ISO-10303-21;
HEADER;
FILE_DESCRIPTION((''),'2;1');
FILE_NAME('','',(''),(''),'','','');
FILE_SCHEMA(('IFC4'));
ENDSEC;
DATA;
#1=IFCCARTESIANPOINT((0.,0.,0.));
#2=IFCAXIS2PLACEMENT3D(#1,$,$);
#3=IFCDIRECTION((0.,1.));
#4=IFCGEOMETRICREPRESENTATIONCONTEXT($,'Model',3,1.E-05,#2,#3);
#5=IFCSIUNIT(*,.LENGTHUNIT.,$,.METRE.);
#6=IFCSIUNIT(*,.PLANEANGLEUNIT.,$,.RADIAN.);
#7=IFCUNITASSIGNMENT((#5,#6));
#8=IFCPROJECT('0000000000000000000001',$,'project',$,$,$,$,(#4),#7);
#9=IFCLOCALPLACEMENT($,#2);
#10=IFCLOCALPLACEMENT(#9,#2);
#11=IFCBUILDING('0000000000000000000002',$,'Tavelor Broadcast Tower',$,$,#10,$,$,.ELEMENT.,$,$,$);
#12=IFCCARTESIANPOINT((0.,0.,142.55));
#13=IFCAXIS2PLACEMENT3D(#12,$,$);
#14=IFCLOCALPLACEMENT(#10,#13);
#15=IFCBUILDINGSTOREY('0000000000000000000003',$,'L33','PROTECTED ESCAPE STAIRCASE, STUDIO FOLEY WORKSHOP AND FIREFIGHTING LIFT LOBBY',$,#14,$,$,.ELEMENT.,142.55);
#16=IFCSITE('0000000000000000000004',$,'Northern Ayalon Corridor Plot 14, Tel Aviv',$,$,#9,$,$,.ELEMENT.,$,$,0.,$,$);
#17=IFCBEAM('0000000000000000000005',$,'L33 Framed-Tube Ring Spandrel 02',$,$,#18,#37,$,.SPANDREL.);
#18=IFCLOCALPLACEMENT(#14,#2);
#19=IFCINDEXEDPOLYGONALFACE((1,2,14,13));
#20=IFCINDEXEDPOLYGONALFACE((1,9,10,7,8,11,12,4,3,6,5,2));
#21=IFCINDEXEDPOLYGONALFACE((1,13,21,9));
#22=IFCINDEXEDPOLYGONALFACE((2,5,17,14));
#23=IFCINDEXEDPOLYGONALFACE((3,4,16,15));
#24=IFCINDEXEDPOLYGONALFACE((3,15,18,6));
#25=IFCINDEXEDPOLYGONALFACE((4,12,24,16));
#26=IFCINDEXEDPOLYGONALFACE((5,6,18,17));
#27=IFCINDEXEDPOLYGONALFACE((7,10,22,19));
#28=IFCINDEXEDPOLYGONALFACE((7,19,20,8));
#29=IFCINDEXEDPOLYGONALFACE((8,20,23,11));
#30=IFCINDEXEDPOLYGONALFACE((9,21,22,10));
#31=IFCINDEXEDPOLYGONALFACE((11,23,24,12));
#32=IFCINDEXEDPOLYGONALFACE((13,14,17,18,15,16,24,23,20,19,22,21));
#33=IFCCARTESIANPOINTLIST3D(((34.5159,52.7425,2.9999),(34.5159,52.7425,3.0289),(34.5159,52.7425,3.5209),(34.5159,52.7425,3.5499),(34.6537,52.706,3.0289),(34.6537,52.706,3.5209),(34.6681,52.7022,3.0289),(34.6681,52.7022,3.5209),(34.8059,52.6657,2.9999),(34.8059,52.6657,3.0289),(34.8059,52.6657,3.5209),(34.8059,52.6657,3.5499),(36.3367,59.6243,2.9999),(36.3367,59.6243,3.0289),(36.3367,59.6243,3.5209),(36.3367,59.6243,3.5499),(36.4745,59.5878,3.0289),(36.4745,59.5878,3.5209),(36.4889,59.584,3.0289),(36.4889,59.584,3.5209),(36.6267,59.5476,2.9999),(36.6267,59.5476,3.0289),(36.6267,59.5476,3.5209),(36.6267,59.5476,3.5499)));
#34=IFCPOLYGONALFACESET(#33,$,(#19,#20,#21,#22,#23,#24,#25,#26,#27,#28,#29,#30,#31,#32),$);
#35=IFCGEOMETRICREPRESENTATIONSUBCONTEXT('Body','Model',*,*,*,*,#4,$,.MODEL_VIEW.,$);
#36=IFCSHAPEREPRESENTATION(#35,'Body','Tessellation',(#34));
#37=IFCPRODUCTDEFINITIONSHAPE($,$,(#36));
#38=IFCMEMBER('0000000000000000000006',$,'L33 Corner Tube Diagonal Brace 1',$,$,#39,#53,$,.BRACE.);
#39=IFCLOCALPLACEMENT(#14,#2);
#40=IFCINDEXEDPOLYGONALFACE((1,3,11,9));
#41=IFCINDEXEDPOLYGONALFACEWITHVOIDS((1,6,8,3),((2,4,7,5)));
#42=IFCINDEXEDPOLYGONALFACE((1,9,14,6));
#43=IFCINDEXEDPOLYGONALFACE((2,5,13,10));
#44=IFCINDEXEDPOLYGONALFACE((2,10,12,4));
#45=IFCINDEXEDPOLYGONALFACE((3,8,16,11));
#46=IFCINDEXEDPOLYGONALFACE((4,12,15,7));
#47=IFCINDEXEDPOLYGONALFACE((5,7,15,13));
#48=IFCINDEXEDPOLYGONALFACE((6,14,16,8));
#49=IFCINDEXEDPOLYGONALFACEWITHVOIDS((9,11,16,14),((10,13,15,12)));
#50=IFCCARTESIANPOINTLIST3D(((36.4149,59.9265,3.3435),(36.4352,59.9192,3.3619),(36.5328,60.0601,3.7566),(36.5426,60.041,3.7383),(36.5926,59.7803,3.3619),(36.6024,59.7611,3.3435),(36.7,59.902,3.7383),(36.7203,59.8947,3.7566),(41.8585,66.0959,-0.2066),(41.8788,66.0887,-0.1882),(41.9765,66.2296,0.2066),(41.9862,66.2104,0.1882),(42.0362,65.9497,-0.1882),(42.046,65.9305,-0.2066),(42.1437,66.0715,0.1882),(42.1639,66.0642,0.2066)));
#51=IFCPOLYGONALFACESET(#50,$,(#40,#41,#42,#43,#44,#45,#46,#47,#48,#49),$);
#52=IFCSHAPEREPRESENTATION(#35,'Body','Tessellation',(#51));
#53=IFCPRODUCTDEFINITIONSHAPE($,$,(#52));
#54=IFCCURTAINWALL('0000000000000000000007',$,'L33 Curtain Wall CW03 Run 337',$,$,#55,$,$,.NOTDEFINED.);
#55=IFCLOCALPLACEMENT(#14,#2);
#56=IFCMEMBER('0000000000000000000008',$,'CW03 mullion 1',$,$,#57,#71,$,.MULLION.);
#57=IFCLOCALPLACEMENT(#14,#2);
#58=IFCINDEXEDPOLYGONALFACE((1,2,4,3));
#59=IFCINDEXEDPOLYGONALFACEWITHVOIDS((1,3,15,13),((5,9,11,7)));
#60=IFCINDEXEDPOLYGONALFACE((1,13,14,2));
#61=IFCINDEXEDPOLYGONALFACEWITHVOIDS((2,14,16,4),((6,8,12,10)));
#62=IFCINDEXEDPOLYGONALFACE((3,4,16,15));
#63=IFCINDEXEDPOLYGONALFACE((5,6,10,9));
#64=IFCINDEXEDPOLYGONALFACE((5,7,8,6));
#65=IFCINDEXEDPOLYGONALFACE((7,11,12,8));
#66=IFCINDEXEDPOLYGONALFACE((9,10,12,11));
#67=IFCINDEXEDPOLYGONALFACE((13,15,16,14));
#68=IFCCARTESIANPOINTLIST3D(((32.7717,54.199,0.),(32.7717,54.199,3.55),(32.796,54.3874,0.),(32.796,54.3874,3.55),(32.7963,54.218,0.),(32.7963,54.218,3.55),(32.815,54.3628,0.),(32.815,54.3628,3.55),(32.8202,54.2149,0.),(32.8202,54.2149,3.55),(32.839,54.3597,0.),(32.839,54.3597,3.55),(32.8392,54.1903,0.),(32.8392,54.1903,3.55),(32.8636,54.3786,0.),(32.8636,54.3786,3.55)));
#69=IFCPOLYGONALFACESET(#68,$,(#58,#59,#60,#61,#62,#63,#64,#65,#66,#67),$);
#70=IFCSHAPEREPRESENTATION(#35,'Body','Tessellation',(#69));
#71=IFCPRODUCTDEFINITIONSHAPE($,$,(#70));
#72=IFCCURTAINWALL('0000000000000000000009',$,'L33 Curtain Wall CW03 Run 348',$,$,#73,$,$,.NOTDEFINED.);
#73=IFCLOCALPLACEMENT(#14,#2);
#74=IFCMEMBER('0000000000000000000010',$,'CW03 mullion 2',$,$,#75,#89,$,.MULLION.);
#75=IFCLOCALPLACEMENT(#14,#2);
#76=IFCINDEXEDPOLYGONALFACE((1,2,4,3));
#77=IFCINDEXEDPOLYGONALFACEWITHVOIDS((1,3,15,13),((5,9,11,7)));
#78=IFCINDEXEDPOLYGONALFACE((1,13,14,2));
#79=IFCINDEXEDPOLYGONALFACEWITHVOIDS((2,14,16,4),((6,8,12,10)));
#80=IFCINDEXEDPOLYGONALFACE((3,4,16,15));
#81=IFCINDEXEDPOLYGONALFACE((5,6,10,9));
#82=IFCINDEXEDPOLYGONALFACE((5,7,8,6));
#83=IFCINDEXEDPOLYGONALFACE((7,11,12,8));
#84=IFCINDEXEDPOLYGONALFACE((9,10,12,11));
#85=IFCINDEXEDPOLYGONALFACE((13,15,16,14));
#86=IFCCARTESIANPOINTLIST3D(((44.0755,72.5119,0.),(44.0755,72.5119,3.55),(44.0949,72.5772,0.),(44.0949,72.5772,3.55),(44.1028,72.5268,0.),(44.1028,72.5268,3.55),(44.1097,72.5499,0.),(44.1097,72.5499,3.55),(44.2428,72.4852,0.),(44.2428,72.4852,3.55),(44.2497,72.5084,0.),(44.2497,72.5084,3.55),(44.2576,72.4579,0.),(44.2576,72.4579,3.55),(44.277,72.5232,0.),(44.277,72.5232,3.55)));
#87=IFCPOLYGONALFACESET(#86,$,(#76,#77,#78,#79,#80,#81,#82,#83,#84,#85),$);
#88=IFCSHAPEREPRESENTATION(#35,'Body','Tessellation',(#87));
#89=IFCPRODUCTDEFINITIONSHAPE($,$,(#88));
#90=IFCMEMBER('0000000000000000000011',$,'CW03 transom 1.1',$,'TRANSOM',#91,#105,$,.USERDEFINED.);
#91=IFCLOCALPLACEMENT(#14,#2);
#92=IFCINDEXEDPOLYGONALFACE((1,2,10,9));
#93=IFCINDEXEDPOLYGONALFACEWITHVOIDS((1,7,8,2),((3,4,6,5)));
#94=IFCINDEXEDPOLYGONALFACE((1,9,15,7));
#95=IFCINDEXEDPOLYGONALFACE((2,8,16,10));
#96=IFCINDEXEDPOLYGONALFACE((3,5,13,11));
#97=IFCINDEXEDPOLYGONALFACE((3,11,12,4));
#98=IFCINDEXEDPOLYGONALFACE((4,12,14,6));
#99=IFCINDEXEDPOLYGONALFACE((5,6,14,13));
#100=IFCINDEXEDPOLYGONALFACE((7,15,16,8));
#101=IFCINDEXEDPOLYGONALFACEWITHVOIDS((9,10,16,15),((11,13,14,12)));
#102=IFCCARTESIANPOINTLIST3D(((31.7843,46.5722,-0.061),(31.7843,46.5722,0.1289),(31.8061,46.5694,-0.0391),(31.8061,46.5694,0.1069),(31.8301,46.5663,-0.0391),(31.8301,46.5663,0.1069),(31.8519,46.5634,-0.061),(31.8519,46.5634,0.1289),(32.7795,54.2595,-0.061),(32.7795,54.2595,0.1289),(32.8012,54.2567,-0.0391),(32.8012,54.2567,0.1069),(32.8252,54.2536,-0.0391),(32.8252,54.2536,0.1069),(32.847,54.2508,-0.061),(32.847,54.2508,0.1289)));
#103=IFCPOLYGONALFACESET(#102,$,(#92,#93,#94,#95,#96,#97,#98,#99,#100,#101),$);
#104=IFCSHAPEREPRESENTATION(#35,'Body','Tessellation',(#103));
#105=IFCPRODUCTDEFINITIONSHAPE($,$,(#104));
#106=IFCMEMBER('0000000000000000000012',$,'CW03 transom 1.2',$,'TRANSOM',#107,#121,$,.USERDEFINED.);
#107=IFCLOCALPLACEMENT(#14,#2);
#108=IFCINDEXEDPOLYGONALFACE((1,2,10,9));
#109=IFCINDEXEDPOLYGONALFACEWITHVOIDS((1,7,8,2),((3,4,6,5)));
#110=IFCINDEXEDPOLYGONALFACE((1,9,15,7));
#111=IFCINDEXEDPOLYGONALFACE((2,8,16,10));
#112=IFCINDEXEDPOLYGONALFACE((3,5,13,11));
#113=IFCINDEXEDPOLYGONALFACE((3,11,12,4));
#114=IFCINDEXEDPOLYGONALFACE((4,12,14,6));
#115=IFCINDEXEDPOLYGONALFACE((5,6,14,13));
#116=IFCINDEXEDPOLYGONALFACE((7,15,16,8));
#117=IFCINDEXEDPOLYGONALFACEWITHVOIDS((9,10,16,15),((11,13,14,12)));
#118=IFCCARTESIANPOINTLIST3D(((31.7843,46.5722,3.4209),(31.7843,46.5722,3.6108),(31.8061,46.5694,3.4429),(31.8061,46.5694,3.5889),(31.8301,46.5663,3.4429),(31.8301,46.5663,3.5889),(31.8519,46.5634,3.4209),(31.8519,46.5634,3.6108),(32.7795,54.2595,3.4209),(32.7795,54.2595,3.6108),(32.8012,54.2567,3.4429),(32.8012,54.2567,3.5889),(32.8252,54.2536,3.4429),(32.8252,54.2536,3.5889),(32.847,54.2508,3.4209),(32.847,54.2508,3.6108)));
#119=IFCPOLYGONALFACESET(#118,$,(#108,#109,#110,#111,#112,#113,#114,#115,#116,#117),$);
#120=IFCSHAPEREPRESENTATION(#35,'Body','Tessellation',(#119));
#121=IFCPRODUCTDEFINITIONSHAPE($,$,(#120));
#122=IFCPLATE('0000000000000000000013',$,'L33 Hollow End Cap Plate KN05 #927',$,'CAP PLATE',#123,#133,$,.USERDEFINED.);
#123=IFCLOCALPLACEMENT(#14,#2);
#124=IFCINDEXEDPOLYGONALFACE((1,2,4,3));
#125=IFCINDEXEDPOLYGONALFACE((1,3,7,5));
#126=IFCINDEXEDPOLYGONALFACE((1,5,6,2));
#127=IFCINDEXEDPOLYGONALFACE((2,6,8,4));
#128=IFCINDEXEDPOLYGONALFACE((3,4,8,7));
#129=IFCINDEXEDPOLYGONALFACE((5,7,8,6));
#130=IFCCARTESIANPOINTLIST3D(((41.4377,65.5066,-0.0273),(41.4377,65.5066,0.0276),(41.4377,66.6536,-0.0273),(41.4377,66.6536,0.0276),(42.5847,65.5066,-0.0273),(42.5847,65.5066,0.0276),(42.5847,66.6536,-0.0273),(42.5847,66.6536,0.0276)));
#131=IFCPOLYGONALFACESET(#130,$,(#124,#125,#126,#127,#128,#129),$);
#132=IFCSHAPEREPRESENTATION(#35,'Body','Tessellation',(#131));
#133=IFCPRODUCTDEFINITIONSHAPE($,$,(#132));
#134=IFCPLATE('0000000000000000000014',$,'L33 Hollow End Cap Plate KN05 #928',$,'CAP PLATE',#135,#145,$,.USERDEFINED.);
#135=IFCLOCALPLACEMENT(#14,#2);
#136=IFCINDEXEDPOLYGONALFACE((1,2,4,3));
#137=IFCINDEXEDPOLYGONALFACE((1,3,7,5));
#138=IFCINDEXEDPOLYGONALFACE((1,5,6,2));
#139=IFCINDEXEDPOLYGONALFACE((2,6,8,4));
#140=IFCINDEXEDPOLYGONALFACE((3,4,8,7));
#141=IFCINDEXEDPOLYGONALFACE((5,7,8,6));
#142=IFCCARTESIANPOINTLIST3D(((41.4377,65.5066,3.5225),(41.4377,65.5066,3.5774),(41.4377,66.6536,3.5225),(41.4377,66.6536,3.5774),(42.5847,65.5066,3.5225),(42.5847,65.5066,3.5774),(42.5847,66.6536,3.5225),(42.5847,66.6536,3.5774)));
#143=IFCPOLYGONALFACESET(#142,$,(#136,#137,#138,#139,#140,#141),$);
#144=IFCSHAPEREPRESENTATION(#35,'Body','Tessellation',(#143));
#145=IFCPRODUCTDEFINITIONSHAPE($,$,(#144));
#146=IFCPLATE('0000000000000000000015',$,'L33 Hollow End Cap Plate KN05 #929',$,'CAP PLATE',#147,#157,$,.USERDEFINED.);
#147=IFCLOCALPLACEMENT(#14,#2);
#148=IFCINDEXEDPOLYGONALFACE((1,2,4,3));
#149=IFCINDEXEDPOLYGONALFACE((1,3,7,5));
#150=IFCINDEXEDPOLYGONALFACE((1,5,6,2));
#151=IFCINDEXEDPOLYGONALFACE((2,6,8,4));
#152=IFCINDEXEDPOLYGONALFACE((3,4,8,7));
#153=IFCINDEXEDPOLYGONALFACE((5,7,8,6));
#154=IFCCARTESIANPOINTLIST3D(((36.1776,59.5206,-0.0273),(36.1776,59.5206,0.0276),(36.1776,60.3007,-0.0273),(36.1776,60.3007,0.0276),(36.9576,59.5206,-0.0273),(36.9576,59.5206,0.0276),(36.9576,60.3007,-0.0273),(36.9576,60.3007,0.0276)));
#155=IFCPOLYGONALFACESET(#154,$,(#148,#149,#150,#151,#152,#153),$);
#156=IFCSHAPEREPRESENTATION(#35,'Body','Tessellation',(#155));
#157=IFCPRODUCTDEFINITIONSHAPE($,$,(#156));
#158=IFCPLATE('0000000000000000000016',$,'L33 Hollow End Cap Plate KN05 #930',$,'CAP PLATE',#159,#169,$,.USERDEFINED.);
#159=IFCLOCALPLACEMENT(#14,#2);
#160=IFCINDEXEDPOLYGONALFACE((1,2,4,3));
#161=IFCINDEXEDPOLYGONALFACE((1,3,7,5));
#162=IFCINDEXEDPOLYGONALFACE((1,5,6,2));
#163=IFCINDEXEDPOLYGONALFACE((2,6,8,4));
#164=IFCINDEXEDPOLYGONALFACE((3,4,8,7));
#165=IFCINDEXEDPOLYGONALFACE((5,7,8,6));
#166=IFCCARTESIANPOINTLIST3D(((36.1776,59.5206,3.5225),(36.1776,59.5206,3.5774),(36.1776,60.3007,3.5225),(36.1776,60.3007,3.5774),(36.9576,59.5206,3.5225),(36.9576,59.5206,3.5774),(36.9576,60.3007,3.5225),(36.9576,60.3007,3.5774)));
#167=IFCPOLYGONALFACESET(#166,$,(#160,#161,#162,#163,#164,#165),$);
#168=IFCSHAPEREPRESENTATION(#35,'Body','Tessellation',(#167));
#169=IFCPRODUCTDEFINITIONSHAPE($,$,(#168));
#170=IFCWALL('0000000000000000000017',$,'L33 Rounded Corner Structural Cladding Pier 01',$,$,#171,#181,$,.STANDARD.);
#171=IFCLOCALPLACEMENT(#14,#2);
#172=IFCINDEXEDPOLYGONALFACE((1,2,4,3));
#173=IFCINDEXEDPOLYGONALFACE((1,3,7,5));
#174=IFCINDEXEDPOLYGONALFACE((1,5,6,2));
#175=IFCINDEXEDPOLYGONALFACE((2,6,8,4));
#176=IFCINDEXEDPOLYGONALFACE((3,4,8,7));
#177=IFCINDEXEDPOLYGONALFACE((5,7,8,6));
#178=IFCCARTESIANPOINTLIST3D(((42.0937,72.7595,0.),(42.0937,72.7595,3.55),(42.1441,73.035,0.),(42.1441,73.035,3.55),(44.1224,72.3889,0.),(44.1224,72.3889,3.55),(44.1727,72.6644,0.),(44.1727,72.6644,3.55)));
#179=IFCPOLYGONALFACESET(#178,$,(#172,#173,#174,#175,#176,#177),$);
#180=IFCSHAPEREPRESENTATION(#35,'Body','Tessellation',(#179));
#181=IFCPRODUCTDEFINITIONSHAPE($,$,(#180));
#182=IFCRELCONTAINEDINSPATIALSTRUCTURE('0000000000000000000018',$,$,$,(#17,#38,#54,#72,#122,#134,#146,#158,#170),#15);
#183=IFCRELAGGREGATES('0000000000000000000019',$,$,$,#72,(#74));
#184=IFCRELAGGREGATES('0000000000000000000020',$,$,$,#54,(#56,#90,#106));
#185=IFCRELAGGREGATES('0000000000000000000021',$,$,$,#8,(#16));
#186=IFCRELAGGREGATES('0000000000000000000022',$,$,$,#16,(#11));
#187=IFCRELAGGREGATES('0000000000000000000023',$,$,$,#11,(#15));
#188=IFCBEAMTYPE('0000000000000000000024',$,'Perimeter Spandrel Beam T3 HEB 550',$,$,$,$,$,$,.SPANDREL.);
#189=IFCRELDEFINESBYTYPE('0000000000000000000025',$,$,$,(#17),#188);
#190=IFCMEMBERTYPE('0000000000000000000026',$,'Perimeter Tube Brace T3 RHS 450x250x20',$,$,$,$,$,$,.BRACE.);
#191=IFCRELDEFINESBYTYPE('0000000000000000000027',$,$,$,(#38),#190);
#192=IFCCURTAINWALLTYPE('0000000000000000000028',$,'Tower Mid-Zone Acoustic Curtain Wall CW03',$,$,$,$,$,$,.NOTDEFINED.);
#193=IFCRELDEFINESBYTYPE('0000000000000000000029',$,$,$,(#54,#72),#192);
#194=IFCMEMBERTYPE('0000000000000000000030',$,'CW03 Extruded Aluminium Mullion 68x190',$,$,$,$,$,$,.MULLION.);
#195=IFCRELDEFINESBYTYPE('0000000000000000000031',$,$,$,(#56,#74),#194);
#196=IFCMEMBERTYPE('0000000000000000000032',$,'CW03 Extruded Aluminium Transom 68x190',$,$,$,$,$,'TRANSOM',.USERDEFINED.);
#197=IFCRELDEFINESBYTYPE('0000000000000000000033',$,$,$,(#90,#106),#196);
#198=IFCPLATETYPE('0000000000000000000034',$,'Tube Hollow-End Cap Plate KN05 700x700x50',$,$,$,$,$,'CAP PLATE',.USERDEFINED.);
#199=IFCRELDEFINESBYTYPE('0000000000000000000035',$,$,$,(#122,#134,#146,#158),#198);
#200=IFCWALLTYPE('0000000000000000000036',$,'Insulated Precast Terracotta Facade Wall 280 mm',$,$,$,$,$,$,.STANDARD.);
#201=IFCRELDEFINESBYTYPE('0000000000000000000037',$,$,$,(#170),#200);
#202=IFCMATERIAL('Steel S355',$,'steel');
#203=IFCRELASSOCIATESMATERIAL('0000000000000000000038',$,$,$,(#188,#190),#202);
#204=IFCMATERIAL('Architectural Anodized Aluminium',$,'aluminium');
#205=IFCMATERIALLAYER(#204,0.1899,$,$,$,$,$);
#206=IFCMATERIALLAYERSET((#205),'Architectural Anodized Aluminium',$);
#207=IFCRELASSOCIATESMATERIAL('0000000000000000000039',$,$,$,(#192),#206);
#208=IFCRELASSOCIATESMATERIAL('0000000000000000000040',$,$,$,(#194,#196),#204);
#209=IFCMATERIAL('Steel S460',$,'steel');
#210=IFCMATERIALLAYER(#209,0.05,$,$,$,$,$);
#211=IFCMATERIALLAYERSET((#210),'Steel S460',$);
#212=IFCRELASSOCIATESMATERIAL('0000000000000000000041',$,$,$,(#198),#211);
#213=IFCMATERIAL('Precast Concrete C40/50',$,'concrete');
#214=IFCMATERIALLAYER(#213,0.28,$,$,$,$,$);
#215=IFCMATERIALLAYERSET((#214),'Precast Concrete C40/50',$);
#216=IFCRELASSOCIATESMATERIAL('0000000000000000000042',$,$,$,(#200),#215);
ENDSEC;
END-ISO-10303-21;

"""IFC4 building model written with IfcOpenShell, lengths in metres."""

from ifc_helpers import new_model, si_unit, direction, frame, frame_2d, origin, origin_2d, place, context, subcontext, project, spatial, rectangle, hollow_rectangle, i_section, extrude, source, transform, mapped, material, layer, layer_set, material_profile, profile_set, type_object, type_shapes, element, aggregate, save


model = new_model("IFC4")

# Units and contexts
model_context = context("Model", 3, precision=1e-05, world=origin(), true_north=direction((0.0, 1.0)))
body_context = subcontext(model_context, "Body", "Model", "MODEL_VIEW")
ifc_project = project(units=[si_unit("LENGTHUNIT", "METRE"), si_unit("PLANEANGLEUNIT", "RADIAN")], contexts=[model_context])

# Site, building, storey
site_placement = place(None, origin())
site = spatial("IfcSite", under=ifc_project, at=site_placement, Name="Northern Ayalon Corridor Plot 14, Tel Aviv", CompositionType="ELEMENT", RefElevation=0.0)
building_placement = place(site_placement, origin())
building = spatial("IfcBuilding", under=site, at=building_placement, Name="Tavelor Broadcast Tower", CompositionType="ELEMENT")
storey_placement = place(building_placement, frame((0.0, 0.0, 142.55)))
storey = spatial("IfcBuildingStorey", under=building, at=storey_placement, Name="L33", Description="PROTECTED ESCAPE STAIRCASE, STUDIO FOLEY WORKSHOP AND FIREFIGHTING LIFT LOBBY", CompositionType="ELEMENT", Elevation=142.55)

# Shared definitions
ifc_material_1 = material(Name="Steel S460", Category="steel")

# Beam
ifc_material_2 = material(Name="Steel S355", Category="steel")
ifc_material_profile_1 = material_profile(ifc_material_2, i_section(OverallWidth=0.3, OverallDepth=0.55, WebThickness=0.0149, FlangeThickness=0.0291, at=origin_2d()), Name="HEB 550")
ifc_profile_set_1 = profile_set([ifc_material_profile_1], Name="Steel S355")
beam_type_1 = type_object("IfcBeamType", Name="Perimeter Spandrel Beam T3 HEB 550", PredefinedType="SPANDREL", material=ifc_profile_set_1)
beam_1_placement = place(storey_placement, frame((36.4817, 59.5859, 3.2749), z_axis=(-0.255779, -0.966735, 0.0), x_axis=(0.966735, -0.255779, 0.0)))
element("IfcBeam", 1, at=beam_1_placement, inside=storey, type_object=beam_type_1, Name="L33 Framed-Tube Ring Spandrel 02", PredefinedType="SPANDREL", context=body_context, shape_type="SweptSolid", body=[
    extrude(i_section(OverallWidth=0.3, OverallDepth=0.55, WebThickness=0.0149, FlangeThickness=0.0291, at=origin_2d()), origin(), (0.0, 0.0, 1.0), 7.1187),
])

# Member
ifc_material_profile_2 = material_profile(ifc_material_2, hollow_rectangle(XDim=0.25, YDim=0.45, WallThickness=0.02, at=origin_2d()), Name="RHS 450x250x20")
ifc_profile_set_2 = profile_set([ifc_material_profile_2], Name="Steel S355")
member_type_1 = type_object("IfcMemberType", Name="Perimeter Tube Brace T3 RHS 450x250x20", PredefinedType="BRACE", material=ifc_profile_set_2)
member_1_placement = place(storey_placement, frame((42.0112, 66.0801, 0.0), z_axis=(-0.607485, -0.688484, 0.396171), x_axis=(0.749839, -0.661621, 0.0)))
element("IfcMember", 2, at=member_1_placement, inside=storey, type_object=member_type_1, Name="L33 Corner Tube Diagonal Brace 1", PredefinedType="BRACE", context=body_context, shape_type="SweptSolid", body=[
    extrude(hollow_rectangle(XDim=0.25, YDim=0.45, WallThickness=0.02, at=origin_2d()), origin(), (0.0, 0.0, 1.0), 8.9609),
])

# Curtain walls, members
ifc_material_3 = material(Name="Architectural Anodized Aluminium", Category="aluminium")
ifc_layer_1 = layer(ifc_material_3, 0.1899)
ifc_layer_set_1 = layer_set([ifc_layer_1], Name="Architectural Anodized Aluminium")
curtain_wall_type = type_object("IfcCurtainWallType", Name="Tower Mid-Zone Acoustic Curtain Wall CW03", PredefinedType="NOTDEFINED", material=ifc_layer_set_1)
curtain_wall_1_placement = place(storey_placement, origin())
curtain_wall_1 = element("IfcCurtainWall", 3, at=curtain_wall_1_placement, inside=storey, type_object=curtain_wall_type, Name="L33 Curtain Wall CW03 Run 337", PredefinedType="NOTDEFINED")
ifc_material_profile_3 = material_profile(ifc_material_3, hollow_rectangle(XDim=0.0681, YDim=0.1899, WallThickness=0.022, at=origin_2d()), Name="RHS 68x190x22")
ifc_profile_set_3 = profile_set([ifc_material_profile_3], Name="Architectural Anodized Aluminium")
member_type_2 = type_object("IfcMemberType", Name="CW03 Extruded Aluminium Mullion 68x190", PredefinedType="MULLION", material=ifc_profile_set_3)
shared_shape_1 = source(origin(), body_context, "Body", "SweptSolid", [
    extrude(hollow_rectangle(XDim=0.0681, YDim=0.1899, WallThickness=0.022, at=origin_2d()), origin(), (0.0, 0.0, 1.0), 3.55),
])
type_shapes(member_type_2, [shared_shape_1])
member_2_placement = place(storey_placement, frame((32.8176, 54.2888, 0.0), z_axis=(0.0, 0.0, 1.0), x_axis=(0.991726, -0.12837, 0.0)))
member_2 = element("IfcMember", 4, at=member_2_placement, type_object=member_type_2, Name="CW03 mullion 1", PredefinedType="MULLION", context=body_context, shape_type="MappedRepresentation", body=[
    mapped(shared_shape_1, transform((0.0, 0.0, 0.0), scale=1.0)),
])
curtain_wall_2_placement = place(storey_placement, origin())
curtain_wall_2 = element("IfcCurtainWall", 5, at=curtain_wall_2_placement, inside=storey, type_object=curtain_wall_type, Name="L33 Curtain Wall CW03 Run 348", PredefinedType="NOTDEFINED")
member_3_placement = place(storey_placement, frame((44.1763, 72.5176, 0.0), z_axis=(0.0, 0.0, 1.0), x_axis=(-0.284398, -0.958706, 0.0)))
member_3 = element("IfcMember", 6, at=member_3_placement, type_object=member_type_2, Name="CW03 mullion 2", PredefinedType="MULLION", context=body_context, shape_type="MappedRepresentation", body=[
    mapped(shared_shape_1, transform((0.0, 0.0, 0.0), scale=1.0)),
])
aggregate(curtain_wall_2, [member_3])

# Members
ifc_material_profile_4 = material_profile(ifc_material_3, hollow_rectangle(XDim=0.0681, YDim=0.1899, WallThickness=0.022, at=origin_2d()), Name="RHS 68x190x22")
ifc_profile_set_4 = profile_set([ifc_material_profile_4], Name="Architectural Anodized Aluminium")
member_type_3 = type_object("IfcMemberType", Name="CW03 Extruded Aluminium Transom 68x190", ElementType="TRANSOM", PredefinedType="USERDEFINED", material=ifc_profile_set_4)
shared_shape_2 = source(origin(), body_context, "Body", "SweptSolid", [
    extrude(hollow_rectangle(XDim=0.0681, YDim=0.1899, WallThickness=0.022, at=origin_2d()), origin(), (0.0, 0.0, 1.0), 7.7515),
])
type_shapes(member_type_3, [shared_shape_2])
member_4_placement = place(storey_placement, frame((32.8132, 54.2551, 0.0339), z_axis=(-0.128379, -0.991725, 0.0), x_axis=(0.991725, -0.128379, 0.0)))
member_4 = element("IfcMember", 7, at=member_4_placement, type_object=member_type_3, Name="CW03 transom 1.1", ObjectType="TRANSOM", PredefinedType="USERDEFINED", context=body_context, shape_type="MappedRepresentation", body=[
    mapped(shared_shape_2, transform((0.0, 0.0, 0.0), scale=1.0)),
])
member_5_placement = place(storey_placement, frame((32.8132, 54.2551, 3.5159), z_axis=(-0.128379, -0.991725, 0.0), x_axis=(0.991725, -0.128379, 0.0)))
member_5 = element("IfcMember", 8, at=member_5_placement, type_object=member_type_3, Name="CW03 transom 1.2", ObjectType="TRANSOM", PredefinedType="USERDEFINED", context=body_context, shape_type="MappedRepresentation", body=[
    mapped(shared_shape_2, transform((0.0, 0.0, 0.0), scale=1.0)),
])
aggregate(curtain_wall_1, [member_2, member_4, member_5])

# Plates
ifc_layer_2 = layer(ifc_material_1, 0.05)
ifc_layer_set_2 = layer_set([ifc_layer_2], Name="Steel S460")
plate_type = type_object("IfcPlateType", Name="Tube Hollow-End Cap Plate KN05 700x700x50", ElementType="CAP PLATE", PredefinedType="USERDEFINED", material=ifc_layer_set_2)
shared_shape_3 = source(origin(), body_context, "Body", "SweptSolid", [
    extrude(rectangle(XDim=1.147, YDim=1.147, at=origin_2d()), origin(), (0.0, 0.0, 1.0), 0.0549),
])
for number, where, z_axis, x_axis, name in (
    (9, (42.0112, 66.0801, -0.0273), (0.0, 0.0, 1.0), (1.0, 0.0, 0.0), "L33 Hollow End Cap Plate KN05 #927"),
    (10, (42.0112, 66.0801, 3.5225), (0.0, 0.0, 1.0), (1.0, 0.0, 0.0), "L33 Hollow End Cap Plate KN05 #928"),
):
    element("IfcPlate", number, at=place(storey_placement, frame(where, z_axis=z_axis, x_axis=x_axis)), inside=storey, type_object=plate_type, Name=name, ObjectType="CAP PLATE", PredefinedType="USERDEFINED", context=body_context, shape_type="MappedRepresentation", body=[
        mapped(shared_shape_3, transform((0.0, 0.0, 0.0), scale=1.0)),
    ])
shared_shape_4 = source(origin(), body_context, "Body", "SweptSolid", [
    extrude(rectangle(XDim=0.78, YDim=0.78, at=origin_2d()), origin(), (0.0, 0.0, 1.0), 0.0549),
])
type_shapes(plate_type, [shared_shape_3, shared_shape_4])
for number, where, z_axis, x_axis, name in (
    (11, (36.5676, 59.9106, -0.0273), (0.0, 0.0, 1.0), (1.0, 0.0, 0.0), "L33 Hollow End Cap Plate KN05 #929"),
    (12, (36.5676, 59.9106, 3.5225), (0.0, 0.0, 1.0), (1.0, 0.0, 0.0), "L33 Hollow End Cap Plate KN05 #930"),
):
    element("IfcPlate", number, at=place(storey_placement, frame(where, z_axis=z_axis, x_axis=x_axis)), inside=storey, type_object=plate_type, Name=name, ObjectType="CAP PLATE", PredefinedType="USERDEFINED", context=body_context, shape_type="MappedRepresentation", body=[
        mapped(shared_shape_4, transform((0.0, 0.0, 0.0), scale=1.0)),
    ])

# Wall
ifc_material_4 = material(Name="Precast Concrete C40/50", Category="concrete")
ifc_layer_3 = layer(ifc_material_4, 0.28)
ifc_layer_set_3 = layer_set([ifc_layer_3], Name="Precast Concrete C40/50")
wall_type_1 = type_object("IfcWallType", Name="Insulated Precast Terracotta Facade Wall 280 mm", PredefinedType="STANDARD", material=ifc_layer_set_3)
wall_1_placement = place(storey_placement, frame((44.1477, 72.5266, 0.0), z_axis=(0.0, 0.0, 1.0), x_axis=(-0.983718, 0.179719, 0.0)))
element("IfcWall", 13, at=wall_1_placement, inside=storey, type_object=wall_type_1, Name="L33 Rounded Corner Structural Cladding Pier 01", PredefinedType="STANDARD", context=body_context, shape_type="SweptSolid", body=[
    extrude(rectangle(XDim=2.0623, YDim=0.28, at=frame_2d((1.0312, 0.0))), origin(), (0.0, 0.0, 1.0), 3.55),
])

save(model, "model.ifc")
